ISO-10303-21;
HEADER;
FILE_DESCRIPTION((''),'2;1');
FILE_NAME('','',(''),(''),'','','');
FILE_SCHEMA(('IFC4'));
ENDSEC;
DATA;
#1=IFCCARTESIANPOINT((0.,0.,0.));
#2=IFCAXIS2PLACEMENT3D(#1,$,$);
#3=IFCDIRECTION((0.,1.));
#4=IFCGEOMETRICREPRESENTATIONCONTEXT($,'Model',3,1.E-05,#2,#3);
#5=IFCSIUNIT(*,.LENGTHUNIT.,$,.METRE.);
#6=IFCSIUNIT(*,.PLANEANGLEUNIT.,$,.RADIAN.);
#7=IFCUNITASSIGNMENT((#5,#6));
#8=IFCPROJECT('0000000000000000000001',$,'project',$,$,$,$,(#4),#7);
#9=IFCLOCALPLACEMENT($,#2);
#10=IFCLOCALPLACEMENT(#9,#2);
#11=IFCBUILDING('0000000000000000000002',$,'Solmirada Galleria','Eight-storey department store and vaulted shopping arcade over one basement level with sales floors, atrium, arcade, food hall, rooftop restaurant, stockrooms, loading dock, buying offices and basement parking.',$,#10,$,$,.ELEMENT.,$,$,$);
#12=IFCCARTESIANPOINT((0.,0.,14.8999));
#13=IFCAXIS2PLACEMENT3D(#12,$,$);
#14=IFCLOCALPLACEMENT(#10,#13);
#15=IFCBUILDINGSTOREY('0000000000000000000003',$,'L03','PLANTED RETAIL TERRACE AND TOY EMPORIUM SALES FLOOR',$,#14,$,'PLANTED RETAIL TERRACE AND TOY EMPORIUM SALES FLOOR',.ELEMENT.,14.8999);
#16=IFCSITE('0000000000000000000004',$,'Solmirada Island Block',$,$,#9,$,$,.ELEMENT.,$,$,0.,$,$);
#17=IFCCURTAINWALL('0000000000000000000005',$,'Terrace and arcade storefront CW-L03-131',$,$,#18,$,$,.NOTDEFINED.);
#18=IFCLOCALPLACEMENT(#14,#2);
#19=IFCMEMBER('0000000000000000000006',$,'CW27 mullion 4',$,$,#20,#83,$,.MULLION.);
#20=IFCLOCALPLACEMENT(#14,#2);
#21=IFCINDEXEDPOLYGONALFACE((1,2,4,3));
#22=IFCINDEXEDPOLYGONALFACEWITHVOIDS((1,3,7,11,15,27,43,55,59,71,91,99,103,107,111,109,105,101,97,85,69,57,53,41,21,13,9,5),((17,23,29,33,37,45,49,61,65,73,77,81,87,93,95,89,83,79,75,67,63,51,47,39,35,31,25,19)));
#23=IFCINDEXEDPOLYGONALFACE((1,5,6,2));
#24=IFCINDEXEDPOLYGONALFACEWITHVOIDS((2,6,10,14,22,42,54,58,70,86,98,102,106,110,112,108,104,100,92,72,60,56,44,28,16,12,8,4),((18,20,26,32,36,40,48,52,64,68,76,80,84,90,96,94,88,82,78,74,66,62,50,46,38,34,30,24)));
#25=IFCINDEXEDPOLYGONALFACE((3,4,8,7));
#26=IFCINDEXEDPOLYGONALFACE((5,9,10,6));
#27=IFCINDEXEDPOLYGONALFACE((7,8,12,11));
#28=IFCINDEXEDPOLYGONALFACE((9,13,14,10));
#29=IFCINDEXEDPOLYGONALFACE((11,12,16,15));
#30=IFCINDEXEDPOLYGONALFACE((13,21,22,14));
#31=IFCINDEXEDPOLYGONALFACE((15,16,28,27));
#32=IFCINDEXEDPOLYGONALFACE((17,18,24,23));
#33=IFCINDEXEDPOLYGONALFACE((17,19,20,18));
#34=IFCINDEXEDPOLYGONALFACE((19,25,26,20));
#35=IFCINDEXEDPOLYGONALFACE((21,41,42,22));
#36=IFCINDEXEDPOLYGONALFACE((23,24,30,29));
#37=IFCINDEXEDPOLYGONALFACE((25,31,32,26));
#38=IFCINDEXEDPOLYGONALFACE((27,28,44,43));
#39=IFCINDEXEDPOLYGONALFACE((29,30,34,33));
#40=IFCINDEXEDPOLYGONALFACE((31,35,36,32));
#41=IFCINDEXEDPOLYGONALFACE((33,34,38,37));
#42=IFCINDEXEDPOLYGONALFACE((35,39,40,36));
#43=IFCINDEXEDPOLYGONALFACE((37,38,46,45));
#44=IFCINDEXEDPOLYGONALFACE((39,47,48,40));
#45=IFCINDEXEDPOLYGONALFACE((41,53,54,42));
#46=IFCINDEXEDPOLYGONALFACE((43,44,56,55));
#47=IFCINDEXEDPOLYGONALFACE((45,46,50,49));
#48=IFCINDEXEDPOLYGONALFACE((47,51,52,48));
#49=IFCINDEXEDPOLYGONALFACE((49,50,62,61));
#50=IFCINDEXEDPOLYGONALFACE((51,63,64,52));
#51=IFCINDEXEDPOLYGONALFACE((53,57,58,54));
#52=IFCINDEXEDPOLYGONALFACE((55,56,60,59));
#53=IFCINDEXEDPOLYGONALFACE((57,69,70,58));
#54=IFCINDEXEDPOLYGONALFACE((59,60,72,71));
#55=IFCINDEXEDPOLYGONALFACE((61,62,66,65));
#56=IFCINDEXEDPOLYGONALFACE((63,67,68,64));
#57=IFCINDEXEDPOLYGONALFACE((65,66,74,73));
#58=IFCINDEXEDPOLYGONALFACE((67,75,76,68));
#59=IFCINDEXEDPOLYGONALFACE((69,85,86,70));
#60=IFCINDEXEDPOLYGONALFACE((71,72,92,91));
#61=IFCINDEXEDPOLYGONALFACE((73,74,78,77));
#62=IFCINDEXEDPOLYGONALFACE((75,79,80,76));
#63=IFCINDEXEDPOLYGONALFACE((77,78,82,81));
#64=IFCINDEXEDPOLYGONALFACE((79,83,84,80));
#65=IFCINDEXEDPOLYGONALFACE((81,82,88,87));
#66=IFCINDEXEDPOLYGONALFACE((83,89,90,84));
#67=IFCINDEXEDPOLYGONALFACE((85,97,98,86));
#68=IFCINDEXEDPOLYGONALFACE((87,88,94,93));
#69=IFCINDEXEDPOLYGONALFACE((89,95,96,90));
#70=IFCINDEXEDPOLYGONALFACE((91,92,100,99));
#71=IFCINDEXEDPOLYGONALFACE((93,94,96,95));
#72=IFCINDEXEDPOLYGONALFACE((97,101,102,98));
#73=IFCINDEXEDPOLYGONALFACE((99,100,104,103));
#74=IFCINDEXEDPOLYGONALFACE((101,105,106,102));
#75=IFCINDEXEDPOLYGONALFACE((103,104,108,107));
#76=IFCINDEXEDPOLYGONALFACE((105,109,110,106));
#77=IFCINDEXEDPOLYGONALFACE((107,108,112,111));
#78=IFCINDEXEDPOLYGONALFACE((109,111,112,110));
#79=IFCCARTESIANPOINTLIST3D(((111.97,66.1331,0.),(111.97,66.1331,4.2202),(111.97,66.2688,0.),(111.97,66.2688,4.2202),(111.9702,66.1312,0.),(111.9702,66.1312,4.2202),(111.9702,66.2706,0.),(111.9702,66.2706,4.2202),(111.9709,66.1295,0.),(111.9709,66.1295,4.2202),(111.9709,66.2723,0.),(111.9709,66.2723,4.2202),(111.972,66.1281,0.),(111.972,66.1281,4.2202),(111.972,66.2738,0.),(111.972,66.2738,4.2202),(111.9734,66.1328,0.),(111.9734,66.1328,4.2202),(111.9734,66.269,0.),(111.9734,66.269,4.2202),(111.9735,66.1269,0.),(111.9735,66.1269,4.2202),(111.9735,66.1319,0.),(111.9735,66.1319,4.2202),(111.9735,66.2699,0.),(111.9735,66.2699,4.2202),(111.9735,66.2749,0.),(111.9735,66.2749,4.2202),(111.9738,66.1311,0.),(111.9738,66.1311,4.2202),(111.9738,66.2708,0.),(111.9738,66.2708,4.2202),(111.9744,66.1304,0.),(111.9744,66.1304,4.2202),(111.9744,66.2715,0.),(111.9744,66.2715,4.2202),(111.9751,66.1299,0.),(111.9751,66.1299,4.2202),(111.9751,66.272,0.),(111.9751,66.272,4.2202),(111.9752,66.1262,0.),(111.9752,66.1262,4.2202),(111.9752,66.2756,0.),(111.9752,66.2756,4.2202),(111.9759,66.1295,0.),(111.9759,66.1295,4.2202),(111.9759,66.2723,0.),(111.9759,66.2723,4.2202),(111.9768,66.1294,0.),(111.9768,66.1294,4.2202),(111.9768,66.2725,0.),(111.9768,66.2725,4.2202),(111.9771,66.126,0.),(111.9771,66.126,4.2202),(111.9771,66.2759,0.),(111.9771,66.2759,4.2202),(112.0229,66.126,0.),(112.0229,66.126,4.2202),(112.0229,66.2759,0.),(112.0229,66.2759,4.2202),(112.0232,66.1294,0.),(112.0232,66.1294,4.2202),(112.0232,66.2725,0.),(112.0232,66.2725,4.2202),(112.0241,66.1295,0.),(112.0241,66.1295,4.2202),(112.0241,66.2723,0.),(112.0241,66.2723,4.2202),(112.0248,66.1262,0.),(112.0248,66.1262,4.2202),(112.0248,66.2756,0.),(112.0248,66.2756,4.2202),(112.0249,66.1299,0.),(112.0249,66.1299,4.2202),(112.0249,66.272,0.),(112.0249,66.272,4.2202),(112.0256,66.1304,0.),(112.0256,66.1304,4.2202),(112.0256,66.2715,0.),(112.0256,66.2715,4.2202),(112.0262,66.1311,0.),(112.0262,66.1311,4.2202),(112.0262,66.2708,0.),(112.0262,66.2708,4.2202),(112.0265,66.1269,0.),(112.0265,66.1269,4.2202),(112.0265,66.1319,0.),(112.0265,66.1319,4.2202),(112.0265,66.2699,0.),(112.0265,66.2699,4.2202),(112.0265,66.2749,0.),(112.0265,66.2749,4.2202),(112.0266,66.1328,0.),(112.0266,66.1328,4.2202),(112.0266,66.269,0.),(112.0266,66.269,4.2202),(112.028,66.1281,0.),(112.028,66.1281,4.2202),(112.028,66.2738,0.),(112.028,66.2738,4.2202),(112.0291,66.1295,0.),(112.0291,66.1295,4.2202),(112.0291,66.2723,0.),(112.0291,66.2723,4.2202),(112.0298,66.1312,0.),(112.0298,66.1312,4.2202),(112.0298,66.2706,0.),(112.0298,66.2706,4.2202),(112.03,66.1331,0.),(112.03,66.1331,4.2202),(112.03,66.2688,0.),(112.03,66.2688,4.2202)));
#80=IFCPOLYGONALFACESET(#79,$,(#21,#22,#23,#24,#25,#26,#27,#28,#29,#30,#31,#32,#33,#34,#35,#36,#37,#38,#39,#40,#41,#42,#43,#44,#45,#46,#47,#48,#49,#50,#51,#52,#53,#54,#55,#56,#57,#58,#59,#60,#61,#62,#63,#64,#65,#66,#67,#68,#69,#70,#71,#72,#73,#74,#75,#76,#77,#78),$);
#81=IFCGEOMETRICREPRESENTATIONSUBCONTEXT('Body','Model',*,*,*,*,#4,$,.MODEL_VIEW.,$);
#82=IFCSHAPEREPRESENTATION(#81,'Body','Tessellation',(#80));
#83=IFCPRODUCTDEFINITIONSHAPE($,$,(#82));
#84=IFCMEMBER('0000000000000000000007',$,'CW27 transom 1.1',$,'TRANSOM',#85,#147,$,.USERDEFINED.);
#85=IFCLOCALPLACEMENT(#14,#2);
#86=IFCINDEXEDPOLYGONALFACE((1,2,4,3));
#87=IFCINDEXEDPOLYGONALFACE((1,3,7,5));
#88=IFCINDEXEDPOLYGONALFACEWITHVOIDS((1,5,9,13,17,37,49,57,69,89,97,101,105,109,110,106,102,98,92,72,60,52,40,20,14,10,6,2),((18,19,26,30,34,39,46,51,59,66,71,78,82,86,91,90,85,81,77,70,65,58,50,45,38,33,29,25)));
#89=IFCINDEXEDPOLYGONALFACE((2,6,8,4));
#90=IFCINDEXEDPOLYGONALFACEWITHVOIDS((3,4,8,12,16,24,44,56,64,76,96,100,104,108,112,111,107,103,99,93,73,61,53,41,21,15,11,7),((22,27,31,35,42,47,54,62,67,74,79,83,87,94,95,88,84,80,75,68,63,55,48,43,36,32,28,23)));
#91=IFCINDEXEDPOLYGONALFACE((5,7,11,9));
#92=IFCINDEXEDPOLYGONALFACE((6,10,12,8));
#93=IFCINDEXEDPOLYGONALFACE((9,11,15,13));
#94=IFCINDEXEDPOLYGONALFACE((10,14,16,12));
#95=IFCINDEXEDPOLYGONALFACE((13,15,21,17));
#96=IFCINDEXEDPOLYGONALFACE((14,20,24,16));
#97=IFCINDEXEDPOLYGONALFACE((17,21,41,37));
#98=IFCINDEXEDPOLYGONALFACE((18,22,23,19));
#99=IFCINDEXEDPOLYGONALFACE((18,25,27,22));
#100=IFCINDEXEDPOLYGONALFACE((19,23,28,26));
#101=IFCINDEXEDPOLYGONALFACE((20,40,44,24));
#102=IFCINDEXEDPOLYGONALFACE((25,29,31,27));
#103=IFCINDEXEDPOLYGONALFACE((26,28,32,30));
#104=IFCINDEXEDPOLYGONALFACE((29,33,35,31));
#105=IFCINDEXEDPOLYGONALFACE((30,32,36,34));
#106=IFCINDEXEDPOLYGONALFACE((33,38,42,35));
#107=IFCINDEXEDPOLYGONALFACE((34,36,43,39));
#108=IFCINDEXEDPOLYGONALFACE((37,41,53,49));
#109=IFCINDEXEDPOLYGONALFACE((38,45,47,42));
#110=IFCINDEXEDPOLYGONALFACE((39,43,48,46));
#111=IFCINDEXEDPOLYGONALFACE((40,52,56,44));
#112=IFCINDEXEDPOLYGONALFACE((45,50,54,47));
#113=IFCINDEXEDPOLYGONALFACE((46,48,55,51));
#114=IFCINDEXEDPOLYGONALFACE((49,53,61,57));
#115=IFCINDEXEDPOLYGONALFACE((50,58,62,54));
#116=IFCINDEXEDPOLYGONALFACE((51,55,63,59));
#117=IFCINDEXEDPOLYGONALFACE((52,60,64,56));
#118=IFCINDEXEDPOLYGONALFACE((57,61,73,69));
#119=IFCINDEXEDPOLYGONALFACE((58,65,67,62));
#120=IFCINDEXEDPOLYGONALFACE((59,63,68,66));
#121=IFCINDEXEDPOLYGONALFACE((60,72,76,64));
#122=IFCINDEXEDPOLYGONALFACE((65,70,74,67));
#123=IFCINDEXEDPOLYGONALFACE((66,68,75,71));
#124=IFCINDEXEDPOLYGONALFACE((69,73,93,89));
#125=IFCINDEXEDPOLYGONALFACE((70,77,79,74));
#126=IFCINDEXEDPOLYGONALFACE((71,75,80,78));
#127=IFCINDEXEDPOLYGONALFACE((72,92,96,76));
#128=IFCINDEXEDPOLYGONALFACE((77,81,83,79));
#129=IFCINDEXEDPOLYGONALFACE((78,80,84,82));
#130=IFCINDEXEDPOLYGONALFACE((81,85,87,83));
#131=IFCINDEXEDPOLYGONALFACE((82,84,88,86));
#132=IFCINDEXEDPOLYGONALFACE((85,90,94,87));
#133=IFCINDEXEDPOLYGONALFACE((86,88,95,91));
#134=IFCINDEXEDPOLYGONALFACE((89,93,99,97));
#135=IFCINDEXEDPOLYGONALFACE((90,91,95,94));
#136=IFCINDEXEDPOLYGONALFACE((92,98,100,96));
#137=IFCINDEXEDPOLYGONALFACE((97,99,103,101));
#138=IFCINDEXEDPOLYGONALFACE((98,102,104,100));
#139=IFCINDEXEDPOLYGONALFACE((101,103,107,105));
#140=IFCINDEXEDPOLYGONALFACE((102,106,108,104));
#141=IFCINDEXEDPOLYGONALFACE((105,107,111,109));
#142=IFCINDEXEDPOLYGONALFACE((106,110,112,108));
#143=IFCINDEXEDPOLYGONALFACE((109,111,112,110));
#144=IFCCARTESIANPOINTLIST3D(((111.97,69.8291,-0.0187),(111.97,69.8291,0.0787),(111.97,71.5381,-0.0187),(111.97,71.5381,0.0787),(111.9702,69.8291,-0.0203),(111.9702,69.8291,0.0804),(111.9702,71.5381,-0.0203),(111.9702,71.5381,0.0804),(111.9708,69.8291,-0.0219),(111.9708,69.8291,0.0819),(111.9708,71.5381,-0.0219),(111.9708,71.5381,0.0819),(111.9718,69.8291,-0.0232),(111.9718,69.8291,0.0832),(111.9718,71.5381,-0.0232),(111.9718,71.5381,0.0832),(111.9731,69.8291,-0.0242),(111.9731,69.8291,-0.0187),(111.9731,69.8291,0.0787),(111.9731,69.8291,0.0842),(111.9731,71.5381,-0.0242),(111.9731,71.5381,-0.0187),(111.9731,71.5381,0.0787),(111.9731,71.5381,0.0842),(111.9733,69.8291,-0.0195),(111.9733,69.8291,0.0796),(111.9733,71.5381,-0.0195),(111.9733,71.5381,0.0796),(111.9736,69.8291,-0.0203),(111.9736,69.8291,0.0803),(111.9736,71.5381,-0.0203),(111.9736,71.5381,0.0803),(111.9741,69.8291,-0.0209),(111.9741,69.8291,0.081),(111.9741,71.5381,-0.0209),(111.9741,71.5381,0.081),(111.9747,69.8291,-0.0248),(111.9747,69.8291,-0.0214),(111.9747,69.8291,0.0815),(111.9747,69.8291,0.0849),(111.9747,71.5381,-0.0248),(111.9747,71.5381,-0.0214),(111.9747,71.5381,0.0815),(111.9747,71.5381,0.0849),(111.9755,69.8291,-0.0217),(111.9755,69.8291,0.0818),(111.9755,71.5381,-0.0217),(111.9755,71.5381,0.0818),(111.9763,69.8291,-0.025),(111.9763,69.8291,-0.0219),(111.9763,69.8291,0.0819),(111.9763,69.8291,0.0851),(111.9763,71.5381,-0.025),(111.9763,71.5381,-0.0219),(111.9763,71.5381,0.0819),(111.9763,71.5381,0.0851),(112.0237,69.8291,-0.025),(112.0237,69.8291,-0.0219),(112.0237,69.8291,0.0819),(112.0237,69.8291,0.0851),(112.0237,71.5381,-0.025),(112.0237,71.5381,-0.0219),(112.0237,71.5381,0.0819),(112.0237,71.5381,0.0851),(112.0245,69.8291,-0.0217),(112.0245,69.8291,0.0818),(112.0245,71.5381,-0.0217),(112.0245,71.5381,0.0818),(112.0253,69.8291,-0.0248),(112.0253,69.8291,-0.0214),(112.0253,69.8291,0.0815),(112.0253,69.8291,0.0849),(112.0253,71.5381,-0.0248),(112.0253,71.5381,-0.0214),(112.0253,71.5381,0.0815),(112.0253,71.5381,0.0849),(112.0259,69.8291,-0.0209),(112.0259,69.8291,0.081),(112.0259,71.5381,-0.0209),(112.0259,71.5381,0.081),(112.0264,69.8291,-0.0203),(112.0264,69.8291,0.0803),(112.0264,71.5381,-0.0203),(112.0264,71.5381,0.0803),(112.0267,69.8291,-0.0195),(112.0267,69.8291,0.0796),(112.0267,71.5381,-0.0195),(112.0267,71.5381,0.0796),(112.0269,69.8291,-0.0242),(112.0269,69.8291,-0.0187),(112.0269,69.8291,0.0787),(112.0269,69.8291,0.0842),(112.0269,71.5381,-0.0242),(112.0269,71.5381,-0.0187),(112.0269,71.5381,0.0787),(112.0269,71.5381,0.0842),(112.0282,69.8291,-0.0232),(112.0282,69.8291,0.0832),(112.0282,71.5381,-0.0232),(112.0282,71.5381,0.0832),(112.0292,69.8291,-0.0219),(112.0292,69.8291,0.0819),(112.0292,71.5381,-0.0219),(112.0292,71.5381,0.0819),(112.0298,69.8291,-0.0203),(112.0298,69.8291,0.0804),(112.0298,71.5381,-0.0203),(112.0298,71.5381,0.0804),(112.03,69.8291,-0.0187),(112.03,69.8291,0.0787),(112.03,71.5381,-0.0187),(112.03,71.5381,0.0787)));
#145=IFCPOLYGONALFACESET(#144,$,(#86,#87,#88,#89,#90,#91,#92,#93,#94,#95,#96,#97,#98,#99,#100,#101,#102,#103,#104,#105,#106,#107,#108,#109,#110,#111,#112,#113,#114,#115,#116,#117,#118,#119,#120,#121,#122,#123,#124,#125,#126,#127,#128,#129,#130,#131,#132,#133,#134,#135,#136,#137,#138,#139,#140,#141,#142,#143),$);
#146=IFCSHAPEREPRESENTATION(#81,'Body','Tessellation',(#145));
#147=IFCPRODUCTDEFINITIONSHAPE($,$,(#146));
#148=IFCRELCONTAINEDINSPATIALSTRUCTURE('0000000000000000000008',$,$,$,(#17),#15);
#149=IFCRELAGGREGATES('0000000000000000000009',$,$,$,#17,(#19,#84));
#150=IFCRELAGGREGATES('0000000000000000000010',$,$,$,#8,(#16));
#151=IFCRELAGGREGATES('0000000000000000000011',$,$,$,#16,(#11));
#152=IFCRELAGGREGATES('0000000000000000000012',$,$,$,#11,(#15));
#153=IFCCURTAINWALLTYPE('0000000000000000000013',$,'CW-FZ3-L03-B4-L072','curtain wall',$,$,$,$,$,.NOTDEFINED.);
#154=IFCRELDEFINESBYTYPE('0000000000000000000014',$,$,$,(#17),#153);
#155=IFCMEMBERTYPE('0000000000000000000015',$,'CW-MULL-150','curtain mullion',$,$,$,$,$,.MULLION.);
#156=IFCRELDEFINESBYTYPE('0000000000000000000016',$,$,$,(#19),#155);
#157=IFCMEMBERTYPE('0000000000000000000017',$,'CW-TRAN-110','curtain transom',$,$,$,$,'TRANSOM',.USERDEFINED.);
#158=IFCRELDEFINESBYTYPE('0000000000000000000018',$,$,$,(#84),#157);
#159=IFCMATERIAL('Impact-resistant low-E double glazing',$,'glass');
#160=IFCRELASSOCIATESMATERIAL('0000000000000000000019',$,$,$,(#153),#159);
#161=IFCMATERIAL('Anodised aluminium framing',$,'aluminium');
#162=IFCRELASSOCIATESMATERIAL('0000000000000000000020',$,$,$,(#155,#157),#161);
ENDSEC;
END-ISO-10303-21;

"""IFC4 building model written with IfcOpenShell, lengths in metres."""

from ifc_helpers import new_model, si_unit, direction, frame, origin, origin_2d, place, context, subcontext, project, spatial, hollow_rectangle, extrude, material, material_profile, profile_set, type_object, element, aggregate, save


model = new_model("IFC4")

# Units and contexts
model_context = context("Model", 3, precision=1e-05, world=origin(), true_north=direction((0.0, 1.0)))
body_context = subcontext(model_context, "Body", "Model", "MODEL_VIEW")
ifc_project = project(units=[si_unit("LENGTHUNIT", "METRE"), si_unit("PLANEANGLEUNIT", "RADIAN")], contexts=[model_context])

# Site, building, storey
site_placement = place(None, origin())
site = spatial("IfcSite", under=ifc_project, at=site_placement, Name="Solmirada Island Block", CompositionType="ELEMENT", RefElevation=0.0)
building_placement = place(site_placement, origin())
building = spatial("IfcBuilding", under=site, at=building_placement, Name="Solmirada Galleria", Description="Eight-storey department store and vaulted shopping arcade over one basement level with sales floors, atrium, arcade, food hall, rooftop restaurant, stockrooms, loading dock, buying offices and basement parking.", CompositionType="ELEMENT")
storey_placement = place(building_placement, frame((0.0, 0.0, 14.8999)))
storey = spatial("IfcBuildingStorey", under=building, at=storey_placement, Name="L03", Description="PLANTED RETAIL TERRACE AND TOY EMPORIUM SALES FLOOR", LongName="PLANTED RETAIL TERRACE AND TOY EMPORIUM SALES FLOOR", CompositionType="ELEMENT", Elevation=14.8999)

# Curtain wall, members
ifc_material_1 = material(Name="Impact-resistant low-E double glazing", Category="glass")
curtain_wall_type = type_object("IfcCurtainWallType", Name="CW-FZ3-L03-B4-L072", Description="curtain wall", PredefinedType="NOTDEFINED", material=ifc_material_1)
curtain_wall_placement = place(storey_placement, origin())
curtain_wall = element("IfcCurtainWall", 1, at=curtain_wall_placement, inside=storey, type_object=curtain_wall_type, Name="Terrace and arcade storefront CW-L03-131", PredefinedType="NOTDEFINED")
ifc_material_2 = material(Name="Anodised aluminium framing", Category="aluminium")
ifc_material_profile_1 = material_profile(ifc_material_2, hollow_rectangle(XDim=0.0601, YDim=0.1499, WallThickness=0.0034, InnerFilletRadius=0.0034, OuterFilletRadius=0.0071, at=origin_2d()), Name="ALU-MULL-150X60")
ifc_profile_set_1 = profile_set([ifc_material_profile_1], Name="Anodised aluminium framing")
member_type_1 = type_object("IfcMemberType", Name="CW-MULL-150", Description="curtain mullion", PredefinedType="MULLION", material=ifc_profile_set_1)
member_1_placement = place(storey_placement, frame((112.0, 66.2009, 0.0), z_axis=(0.0, 0.0, 1.0), x_axis=(1.0, 0.0, 0.0)))
member_1 = element("IfcMember", 2, at=member_1_placement, type_object=member_type_1, Name="CW27 mullion 4", PredefinedType="MULLION", context=body_context, shape_type="SweptSolid", body=[
    extrude(hollow_rectangle(XDim=0.0601, YDim=0.1499, WallThickness=0.0034, InnerFilletRadius=0.0034, OuterFilletRadius=0.0071, at=origin_2d()), origin(), (0.0, 0.0, 1.0), 4.2202),
])
ifc_material_profile_2 = material_profile(ifc_material_2, hollow_rectangle(XDim=0.0601, YDim=0.1101, WallThickness=0.0032, InnerFilletRadius=0.0032, OuterFilletRadius=0.0063, at=origin_2d()), Name="ALU-TRAN-110X60")
ifc_profile_set_2 = profile_set([ifc_material_profile_2], Name="Anodised aluminium framing")
member_type_2 = type_object("IfcMemberType", Name="CW-TRAN-110", Description="curtain transom", ElementType="TRANSOM", PredefinedType="USERDEFINED", material=ifc_profile_set_2)
member_2_placement = place(storey_placement, frame((112.0, 71.5381, 0.03), z_axis=(0.0, -1.0, 0.0), x_axis=(1.0, 0.0, 0.0)))
member_2 = element("IfcMember", 3, at=member_2_placement, type_object=member_type_2, Name="CW27 transom 1.1", ObjectType="TRANSOM", PredefinedType="USERDEFINED", context=body_context, shape_type="SweptSolid", body=[
    extrude(hollow_rectangle(XDim=0.0601, YDim=0.1101, WallThickness=0.0032, InnerFilletRadius=0.0032, OuterFilletRadius=0.0063, at=origin_2d()), origin(), (0.0, 0.0, 1.0), 1.709),
])
aggregate(curtain_wall, [member_1, member_2])

save(model, "model.ifc")
